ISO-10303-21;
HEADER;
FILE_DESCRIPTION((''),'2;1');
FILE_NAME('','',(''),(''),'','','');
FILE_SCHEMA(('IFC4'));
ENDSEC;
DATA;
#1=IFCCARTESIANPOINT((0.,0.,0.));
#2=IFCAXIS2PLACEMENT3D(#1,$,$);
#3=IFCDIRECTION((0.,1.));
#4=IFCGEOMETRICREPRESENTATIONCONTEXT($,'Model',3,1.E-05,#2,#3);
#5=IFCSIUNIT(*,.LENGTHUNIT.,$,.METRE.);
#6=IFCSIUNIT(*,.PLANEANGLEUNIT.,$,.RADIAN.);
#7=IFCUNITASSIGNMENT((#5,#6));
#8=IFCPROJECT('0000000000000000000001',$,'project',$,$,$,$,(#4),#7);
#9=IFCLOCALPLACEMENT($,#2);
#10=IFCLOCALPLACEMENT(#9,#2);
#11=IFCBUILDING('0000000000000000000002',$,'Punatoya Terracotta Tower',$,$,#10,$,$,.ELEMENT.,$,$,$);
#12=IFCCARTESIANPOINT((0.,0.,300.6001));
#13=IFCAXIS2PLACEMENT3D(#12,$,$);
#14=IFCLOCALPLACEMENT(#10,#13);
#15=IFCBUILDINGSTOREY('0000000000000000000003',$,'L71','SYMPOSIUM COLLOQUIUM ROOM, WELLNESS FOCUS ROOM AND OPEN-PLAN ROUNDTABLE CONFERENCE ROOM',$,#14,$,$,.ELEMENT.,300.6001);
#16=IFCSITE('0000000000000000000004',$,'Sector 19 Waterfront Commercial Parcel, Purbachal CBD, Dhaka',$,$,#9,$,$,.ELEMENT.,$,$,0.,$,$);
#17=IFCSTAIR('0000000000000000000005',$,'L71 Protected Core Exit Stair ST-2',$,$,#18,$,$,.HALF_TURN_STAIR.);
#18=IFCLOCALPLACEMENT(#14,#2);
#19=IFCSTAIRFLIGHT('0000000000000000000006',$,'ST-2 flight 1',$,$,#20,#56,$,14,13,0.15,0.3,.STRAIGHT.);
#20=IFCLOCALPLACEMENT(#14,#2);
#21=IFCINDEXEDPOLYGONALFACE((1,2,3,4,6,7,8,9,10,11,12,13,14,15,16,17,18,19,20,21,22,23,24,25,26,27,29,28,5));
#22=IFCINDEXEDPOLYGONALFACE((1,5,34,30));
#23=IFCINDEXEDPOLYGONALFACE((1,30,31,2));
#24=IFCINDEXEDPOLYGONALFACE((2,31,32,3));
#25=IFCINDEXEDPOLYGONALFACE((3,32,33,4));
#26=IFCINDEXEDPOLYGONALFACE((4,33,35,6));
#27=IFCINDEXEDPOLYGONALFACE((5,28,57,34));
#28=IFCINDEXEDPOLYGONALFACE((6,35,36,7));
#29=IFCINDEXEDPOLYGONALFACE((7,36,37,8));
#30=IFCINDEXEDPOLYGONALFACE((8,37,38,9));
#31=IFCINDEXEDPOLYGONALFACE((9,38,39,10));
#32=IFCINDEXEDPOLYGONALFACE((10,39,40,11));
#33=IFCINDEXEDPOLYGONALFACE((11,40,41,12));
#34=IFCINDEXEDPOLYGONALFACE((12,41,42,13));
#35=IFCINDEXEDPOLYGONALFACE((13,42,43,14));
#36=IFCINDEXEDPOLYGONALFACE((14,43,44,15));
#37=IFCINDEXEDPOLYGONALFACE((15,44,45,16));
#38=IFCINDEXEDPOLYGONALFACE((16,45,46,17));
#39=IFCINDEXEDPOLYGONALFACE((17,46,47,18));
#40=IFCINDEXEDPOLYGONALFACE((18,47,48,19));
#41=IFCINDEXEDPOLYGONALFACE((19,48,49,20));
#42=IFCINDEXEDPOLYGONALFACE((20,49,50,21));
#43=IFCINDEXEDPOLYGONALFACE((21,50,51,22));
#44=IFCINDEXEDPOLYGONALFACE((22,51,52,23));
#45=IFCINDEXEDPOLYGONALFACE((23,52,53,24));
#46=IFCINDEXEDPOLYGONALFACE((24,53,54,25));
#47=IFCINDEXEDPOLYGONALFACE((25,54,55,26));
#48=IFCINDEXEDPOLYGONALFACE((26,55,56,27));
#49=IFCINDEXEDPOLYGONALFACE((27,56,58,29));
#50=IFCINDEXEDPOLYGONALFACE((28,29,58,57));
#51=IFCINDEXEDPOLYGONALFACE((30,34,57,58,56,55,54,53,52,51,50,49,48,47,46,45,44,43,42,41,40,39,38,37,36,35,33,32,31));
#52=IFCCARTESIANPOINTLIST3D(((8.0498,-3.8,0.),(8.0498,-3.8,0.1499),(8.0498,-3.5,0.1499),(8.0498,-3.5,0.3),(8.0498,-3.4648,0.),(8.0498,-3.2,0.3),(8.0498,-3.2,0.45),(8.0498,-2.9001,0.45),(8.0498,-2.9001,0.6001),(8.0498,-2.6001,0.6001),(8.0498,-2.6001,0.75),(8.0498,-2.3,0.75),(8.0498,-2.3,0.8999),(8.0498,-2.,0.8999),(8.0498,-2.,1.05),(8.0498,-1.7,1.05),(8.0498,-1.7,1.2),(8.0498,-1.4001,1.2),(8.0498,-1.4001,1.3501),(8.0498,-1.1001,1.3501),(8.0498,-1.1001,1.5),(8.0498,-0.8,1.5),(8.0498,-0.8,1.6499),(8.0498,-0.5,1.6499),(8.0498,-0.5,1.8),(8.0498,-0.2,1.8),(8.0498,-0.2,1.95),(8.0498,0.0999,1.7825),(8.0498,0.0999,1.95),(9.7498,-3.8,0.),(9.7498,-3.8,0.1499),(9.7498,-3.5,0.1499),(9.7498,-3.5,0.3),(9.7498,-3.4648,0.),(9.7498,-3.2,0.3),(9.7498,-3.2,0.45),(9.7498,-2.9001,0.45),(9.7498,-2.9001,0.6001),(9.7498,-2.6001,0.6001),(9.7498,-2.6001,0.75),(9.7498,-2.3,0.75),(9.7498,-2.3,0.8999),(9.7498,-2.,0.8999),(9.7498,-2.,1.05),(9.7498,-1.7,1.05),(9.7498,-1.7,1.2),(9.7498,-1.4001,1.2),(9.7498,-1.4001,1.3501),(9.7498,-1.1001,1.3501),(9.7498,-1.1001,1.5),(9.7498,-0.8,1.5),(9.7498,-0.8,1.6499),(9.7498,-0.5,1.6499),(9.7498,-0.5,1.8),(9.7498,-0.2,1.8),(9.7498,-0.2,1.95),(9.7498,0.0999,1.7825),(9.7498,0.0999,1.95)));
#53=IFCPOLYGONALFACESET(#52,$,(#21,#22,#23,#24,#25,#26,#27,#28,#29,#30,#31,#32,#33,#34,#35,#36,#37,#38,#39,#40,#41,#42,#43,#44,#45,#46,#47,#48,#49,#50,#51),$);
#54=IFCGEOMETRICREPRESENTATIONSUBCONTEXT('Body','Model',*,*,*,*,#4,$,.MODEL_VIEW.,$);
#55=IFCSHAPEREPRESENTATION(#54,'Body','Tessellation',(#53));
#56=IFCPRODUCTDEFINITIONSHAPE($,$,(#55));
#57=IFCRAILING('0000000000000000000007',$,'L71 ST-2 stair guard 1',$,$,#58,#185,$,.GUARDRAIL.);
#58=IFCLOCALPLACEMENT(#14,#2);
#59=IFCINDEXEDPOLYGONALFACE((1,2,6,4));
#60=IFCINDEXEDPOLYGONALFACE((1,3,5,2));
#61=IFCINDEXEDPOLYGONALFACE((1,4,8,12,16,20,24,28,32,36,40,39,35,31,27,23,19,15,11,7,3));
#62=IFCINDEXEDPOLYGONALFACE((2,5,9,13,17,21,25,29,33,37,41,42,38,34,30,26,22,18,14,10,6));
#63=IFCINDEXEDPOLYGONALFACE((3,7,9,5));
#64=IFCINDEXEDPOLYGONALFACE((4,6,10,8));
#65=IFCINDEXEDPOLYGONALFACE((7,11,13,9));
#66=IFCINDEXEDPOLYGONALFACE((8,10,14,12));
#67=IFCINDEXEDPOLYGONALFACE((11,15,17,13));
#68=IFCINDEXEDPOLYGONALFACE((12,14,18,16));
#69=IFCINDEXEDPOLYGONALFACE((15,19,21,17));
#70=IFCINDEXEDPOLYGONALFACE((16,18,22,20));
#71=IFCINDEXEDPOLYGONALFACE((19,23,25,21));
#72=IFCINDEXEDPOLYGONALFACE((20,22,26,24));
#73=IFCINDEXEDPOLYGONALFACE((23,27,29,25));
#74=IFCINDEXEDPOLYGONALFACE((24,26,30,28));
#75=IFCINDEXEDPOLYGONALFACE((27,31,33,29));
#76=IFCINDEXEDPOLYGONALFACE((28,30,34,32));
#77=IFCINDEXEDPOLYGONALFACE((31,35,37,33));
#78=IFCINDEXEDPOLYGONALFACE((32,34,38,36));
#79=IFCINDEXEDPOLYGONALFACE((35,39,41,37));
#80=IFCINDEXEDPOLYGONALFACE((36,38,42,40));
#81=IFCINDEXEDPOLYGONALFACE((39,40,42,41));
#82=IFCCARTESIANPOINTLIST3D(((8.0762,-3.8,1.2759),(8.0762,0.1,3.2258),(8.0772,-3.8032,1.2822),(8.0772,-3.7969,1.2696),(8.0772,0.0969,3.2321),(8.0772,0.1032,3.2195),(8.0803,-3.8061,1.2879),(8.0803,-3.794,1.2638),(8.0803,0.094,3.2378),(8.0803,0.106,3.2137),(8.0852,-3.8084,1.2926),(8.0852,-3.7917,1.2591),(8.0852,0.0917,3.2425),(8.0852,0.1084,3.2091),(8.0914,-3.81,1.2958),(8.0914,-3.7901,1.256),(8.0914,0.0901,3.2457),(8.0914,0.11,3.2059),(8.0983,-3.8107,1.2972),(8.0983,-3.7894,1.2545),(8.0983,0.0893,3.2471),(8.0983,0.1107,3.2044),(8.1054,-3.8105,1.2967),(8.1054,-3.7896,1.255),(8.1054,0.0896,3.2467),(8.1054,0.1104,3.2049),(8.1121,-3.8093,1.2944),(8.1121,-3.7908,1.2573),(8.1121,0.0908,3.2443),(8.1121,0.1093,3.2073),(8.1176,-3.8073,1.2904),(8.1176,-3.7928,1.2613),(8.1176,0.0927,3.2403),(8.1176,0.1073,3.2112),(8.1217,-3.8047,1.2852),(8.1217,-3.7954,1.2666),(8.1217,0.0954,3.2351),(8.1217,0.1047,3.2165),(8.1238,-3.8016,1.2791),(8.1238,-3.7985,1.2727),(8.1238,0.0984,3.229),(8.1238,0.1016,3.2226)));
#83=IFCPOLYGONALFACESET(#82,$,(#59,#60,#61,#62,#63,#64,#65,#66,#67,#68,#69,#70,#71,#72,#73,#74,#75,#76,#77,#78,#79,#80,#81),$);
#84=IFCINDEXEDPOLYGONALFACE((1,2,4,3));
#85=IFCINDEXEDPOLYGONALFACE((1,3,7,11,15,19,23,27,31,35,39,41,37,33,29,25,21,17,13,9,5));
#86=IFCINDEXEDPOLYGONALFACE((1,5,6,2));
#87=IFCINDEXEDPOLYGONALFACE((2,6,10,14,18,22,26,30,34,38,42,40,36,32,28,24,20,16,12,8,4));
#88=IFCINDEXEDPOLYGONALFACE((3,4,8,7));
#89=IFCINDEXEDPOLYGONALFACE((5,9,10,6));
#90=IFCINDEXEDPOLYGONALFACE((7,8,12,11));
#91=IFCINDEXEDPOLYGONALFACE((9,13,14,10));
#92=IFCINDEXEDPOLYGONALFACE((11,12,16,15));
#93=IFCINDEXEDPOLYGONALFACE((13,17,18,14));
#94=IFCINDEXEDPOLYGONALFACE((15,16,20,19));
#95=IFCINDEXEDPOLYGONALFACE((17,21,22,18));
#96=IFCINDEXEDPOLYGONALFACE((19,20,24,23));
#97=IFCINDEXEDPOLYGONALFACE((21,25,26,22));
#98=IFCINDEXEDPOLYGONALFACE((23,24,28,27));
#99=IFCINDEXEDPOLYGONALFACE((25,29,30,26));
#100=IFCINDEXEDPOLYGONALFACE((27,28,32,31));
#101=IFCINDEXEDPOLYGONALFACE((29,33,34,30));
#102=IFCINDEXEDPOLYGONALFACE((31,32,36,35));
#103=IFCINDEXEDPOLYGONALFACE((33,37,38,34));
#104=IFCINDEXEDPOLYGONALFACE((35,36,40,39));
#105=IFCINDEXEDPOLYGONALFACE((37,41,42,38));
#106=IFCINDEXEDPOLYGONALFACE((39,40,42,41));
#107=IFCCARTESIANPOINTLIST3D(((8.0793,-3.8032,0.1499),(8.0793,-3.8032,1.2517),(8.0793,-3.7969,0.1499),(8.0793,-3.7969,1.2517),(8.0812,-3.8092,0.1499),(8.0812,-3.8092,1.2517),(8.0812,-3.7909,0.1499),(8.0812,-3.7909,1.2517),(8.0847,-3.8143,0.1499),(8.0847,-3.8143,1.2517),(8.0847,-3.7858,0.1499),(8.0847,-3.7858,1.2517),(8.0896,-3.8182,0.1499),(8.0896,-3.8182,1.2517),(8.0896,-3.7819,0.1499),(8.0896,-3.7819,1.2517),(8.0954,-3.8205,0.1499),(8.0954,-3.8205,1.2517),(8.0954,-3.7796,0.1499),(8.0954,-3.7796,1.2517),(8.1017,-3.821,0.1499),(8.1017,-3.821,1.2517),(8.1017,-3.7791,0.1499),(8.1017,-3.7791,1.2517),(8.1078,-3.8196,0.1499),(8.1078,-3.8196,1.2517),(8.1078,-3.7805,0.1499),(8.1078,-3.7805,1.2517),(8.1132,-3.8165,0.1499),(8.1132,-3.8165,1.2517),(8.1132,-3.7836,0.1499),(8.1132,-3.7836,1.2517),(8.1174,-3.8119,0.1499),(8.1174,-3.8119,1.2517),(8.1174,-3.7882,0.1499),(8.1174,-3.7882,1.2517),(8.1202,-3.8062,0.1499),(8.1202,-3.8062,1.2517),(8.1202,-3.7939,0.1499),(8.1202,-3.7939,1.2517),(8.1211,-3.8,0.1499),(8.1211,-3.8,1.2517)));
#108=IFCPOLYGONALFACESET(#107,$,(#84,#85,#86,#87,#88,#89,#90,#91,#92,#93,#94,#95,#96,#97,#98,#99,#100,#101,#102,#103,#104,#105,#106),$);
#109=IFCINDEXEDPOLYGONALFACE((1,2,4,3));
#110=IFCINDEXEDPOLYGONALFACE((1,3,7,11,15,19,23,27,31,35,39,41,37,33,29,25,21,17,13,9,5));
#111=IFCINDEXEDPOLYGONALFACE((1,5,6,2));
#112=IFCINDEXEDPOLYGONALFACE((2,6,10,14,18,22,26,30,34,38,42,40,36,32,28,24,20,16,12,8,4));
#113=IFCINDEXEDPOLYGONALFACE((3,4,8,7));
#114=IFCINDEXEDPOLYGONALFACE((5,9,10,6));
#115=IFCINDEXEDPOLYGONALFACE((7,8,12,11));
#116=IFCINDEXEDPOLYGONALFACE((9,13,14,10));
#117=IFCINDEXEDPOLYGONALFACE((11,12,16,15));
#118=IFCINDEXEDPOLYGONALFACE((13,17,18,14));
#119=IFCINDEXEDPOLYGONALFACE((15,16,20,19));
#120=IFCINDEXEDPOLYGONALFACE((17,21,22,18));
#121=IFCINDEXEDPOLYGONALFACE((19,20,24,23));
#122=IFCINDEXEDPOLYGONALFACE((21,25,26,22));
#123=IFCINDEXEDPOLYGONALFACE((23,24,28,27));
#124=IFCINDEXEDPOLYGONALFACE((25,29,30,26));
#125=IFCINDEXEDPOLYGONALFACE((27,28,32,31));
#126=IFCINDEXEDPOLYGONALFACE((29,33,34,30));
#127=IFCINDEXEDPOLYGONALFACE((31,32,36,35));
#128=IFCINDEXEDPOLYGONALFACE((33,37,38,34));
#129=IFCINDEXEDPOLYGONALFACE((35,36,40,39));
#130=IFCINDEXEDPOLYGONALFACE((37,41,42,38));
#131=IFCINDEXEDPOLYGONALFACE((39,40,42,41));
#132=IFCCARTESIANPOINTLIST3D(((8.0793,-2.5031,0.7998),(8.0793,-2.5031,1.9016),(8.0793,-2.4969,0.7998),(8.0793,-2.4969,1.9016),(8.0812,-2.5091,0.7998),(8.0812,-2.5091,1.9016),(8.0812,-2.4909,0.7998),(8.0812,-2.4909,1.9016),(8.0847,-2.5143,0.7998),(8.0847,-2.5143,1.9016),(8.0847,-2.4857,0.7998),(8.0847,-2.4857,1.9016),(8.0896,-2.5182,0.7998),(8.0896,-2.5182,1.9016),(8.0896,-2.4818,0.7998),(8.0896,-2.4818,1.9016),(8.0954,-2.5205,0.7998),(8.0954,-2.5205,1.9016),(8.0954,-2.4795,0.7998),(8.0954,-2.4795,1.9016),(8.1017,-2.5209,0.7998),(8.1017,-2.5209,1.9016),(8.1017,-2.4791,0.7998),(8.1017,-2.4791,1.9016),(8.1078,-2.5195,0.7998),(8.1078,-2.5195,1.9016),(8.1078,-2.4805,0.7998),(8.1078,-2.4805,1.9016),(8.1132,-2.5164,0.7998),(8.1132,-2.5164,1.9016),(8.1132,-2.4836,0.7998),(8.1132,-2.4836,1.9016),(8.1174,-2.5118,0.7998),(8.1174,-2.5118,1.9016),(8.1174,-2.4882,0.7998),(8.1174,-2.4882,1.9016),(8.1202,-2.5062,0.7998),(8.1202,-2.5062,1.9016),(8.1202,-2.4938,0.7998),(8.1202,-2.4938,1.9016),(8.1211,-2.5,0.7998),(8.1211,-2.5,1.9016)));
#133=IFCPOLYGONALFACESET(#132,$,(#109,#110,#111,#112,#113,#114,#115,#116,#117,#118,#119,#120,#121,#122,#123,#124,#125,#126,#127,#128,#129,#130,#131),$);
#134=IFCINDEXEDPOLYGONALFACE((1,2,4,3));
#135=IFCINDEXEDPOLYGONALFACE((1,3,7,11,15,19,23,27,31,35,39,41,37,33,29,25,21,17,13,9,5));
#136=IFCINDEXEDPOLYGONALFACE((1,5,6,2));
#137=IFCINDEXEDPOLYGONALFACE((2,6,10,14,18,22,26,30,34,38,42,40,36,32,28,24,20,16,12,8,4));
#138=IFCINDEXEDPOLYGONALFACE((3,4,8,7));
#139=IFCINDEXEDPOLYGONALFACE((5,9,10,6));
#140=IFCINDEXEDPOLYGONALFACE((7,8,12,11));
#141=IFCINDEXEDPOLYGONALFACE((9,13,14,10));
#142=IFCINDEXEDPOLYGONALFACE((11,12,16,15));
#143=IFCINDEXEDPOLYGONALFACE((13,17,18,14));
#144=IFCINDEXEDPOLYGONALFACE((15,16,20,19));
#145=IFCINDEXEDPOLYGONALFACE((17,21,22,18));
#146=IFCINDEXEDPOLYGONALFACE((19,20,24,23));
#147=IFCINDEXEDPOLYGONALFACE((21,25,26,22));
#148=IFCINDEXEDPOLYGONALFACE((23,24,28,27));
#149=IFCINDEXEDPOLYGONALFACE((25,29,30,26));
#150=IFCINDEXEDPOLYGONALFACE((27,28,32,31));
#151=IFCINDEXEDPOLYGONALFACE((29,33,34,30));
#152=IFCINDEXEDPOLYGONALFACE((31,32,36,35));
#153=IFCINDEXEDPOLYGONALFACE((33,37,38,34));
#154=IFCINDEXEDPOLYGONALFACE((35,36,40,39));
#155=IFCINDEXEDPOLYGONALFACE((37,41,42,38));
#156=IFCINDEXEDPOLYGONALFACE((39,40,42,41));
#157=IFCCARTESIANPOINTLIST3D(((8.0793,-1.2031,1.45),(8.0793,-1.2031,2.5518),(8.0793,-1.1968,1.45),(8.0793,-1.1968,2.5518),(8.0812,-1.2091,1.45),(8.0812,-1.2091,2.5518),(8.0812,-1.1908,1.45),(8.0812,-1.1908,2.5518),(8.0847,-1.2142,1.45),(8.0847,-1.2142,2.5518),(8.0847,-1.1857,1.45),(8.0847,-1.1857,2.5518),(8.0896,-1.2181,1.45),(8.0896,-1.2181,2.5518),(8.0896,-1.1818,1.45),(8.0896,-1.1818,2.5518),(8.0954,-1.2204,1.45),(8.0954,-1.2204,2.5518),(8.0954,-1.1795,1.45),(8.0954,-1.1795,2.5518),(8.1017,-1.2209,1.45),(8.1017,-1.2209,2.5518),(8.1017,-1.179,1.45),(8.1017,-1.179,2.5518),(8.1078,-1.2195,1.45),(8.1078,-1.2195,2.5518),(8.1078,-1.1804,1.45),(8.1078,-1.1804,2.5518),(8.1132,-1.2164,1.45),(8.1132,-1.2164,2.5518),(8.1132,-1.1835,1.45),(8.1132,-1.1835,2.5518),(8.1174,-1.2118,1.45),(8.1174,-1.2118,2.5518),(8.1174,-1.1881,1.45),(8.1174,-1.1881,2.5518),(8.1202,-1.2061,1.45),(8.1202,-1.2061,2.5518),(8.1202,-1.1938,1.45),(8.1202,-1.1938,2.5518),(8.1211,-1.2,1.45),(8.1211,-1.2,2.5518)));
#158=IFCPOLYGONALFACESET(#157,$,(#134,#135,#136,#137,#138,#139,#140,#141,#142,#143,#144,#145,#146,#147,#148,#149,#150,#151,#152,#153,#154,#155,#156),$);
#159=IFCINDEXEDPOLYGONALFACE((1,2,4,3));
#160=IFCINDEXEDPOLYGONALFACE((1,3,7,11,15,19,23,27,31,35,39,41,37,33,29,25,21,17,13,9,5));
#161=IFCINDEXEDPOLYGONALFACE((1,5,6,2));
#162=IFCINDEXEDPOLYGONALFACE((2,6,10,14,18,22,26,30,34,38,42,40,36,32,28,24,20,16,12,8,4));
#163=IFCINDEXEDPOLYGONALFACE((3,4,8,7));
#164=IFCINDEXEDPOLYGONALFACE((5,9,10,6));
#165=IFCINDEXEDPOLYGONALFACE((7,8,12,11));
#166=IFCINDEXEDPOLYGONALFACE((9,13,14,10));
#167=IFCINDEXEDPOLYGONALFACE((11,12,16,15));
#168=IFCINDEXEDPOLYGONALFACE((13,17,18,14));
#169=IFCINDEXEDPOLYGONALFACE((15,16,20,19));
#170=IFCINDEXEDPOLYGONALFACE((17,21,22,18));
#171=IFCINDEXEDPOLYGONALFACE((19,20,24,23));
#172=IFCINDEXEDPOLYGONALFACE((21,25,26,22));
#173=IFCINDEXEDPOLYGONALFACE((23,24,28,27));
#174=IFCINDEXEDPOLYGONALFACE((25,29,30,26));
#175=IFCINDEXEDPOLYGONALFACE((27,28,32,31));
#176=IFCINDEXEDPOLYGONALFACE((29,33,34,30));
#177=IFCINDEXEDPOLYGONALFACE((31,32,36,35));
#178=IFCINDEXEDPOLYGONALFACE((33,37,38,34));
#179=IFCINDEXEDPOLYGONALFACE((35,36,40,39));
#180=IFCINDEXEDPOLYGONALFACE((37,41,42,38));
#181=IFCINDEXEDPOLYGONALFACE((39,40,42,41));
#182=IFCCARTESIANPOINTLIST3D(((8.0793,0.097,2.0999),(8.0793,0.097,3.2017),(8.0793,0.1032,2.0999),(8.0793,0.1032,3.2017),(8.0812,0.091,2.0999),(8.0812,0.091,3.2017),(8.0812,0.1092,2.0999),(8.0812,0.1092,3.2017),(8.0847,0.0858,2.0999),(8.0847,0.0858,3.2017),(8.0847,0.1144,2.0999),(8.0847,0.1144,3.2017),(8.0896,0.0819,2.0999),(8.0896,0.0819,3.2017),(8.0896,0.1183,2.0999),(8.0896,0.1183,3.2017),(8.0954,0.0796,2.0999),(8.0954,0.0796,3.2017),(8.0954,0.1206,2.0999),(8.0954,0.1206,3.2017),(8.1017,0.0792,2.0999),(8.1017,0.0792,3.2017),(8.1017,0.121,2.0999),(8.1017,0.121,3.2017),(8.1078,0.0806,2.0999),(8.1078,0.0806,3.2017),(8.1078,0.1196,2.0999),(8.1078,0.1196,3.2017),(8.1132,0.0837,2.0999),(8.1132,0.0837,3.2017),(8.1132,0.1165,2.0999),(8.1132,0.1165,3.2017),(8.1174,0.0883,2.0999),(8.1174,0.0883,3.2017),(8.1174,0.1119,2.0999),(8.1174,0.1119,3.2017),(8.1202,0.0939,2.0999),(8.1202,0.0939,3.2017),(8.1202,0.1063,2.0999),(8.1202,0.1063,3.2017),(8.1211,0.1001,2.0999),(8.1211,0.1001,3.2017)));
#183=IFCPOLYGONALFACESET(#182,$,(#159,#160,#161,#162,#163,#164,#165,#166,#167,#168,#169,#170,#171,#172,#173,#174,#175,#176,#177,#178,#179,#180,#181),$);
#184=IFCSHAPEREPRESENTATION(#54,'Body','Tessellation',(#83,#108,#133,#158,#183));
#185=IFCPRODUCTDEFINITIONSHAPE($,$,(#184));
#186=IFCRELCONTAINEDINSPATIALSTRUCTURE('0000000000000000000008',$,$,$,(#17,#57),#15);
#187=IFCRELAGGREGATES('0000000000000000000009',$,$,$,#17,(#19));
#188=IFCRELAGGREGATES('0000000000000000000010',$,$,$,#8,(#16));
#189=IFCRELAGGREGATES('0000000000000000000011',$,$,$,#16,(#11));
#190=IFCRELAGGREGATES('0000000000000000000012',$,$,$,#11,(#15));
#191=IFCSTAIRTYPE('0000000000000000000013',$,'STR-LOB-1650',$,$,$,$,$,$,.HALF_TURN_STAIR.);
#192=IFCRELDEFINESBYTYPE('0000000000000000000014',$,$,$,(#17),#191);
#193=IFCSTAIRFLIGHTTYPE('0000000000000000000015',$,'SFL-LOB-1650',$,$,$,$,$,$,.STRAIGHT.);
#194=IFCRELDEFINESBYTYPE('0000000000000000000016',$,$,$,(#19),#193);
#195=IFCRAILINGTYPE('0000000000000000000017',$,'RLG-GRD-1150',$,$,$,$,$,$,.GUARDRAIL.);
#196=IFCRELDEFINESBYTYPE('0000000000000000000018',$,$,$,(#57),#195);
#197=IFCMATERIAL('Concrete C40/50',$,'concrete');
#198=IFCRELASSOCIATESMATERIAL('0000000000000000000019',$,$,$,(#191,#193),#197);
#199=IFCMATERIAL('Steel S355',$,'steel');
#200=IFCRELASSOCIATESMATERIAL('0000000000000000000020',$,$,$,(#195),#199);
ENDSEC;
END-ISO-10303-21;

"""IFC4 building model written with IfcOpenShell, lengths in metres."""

from ifc_helpers import new_model, si_unit, direction, frame, origin, origin_2d, place, context, subcontext, project, spatial, polyline, circle, outline, extrude, material, type_object, element, aggregate, save


model = new_model("IFC4")

# Units and contexts
model_context = context("Model", 3, precision=1e-05, world=origin(), true_north=direction((0.0, 1.0)))
body_context = subcontext(model_context, "Body", "Model", "MODEL_VIEW")
ifc_project = project(units=[si_unit("LENGTHUNIT", "METRE"), si_unit("PLANEANGLEUNIT", "RADIAN")], contexts=[model_context])

# Site, building, storey
site_placement = place(None, origin())
site = spatial("IfcSite", under=ifc_project, at=site_placement, Name="Sector 19 Waterfront Commercial Parcel, Purbachal CBD, Dhaka", CompositionType="ELEMENT", RefElevation=0.0)
building_placement = place(site_placement, origin())
building = spatial("IfcBuilding", under=site, at=building_placement, Name="Punatoya Terracotta Tower", CompositionType="ELEMENT")
storey_placement = place(building_placement, frame((0.0, 0.0, 300.6001)))
storey = spatial("IfcBuildingStorey", under=building, at=storey_placement, Name="L71", Description="SYMPOSIUM COLLOQUIUM ROOM, WELLNESS FOCUS ROOM AND OPEN-PLAN ROUNDTABLE CONFERENCE ROOM", CompositionType="ELEMENT", Elevation=300.6001)

# Shared definitions
ifc_material_1 = material(Name="Steel S355", Category="steel")

# Stair, stair flight
ifc_material_2 = material(Name="Concrete C40/50", Category="concrete")
stair_type = type_object("IfcStairType", Name="STR-LOB-1650", PredefinedType="HALF_TURN_STAIR", material=ifc_material_2)
stair_placement = place(storey_placement, origin())
stair = element("IfcStair", 1, at=stair_placement, inside=storey, type_object=stair_type, Name="L71 Protected Core Exit Stair ST-2", PredefinedType="HALF_TURN_STAIR")
stair_flight_type = type_object("IfcStairFlightType", Name="SFL-LOB-1650", PredefinedType="STRAIGHT", material=ifc_material_2)
stair_flight_placement = place(storey_placement, frame((8.8999, -3.8, 0.0), z_axis=(0.0, 0.0, 1.0), x_axis=(0.0, 1.0, 0.0)))
stair_flight = element("IfcStairFlight", 2, at=stair_flight_placement, type_object=stair_flight_type, Name="ST-2 flight 1", NumberOfRisers=14, NumberOfTreads=13, PredefinedType="STRAIGHT", RiserHeight=0.15, TreadLength=0.3, context=body_context, shape_type="SweptSolid", body=[
    extrude(outline(polyline([(0.0, 0.0), (0.0, 0.1499), (0.3, 0.1499), (0.3, 0.3), (0.6001, 0.3), (0.6001, 0.45), (0.8999, 0.45), (0.8999, 0.6001), (1.2, 0.6001), (1.2, 0.75), (1.5, 0.75), (1.5, 0.8999), (1.8, 0.8999), (1.8, 1.05), (2.1001, 1.05), (2.1001, 1.2), (2.3999, 1.2), (2.3999, 1.3501), (2.7, 1.3501), (2.7, 1.5), (3.0, 1.5), (3.0, 1.6499), (3.3, 1.6499), (3.3, 1.8), (3.6001, 1.8), (3.6001, 1.95), (3.8999, 1.95), (3.8999, 2.1001), (3.8999, 1.7825), (0.3352, 0.0), (0.0, 0.0)])), frame((0.0, 0.8501, 0.0), z_axis=(0.0, -1.0, 0.0), x_axis=(1.0, 0.0, 0.0)), (0.0, 0.0, 1.0), 1.7),
])
aggregate(stair, [stair_flight])

# Railing
railing_type_1 = type_object("IfcRailingType", Name="RLG-GRD-1150", PredefinedType="GUARDRAIL", material=ifc_material_1)
railing_1_placement = place(storey_placement, frame((8.1001, -3.8, 0.1499)))
element("IfcRailing", 3, at=railing_1_placement, inside=storey, type_object=railing_type_1, Name="L71 ST-2 stair guard 1", PredefinedType="GUARDRAIL", context=body_context, shape_type="SweptSolid", body=[
    extrude(circle(Radius=0.0239, at=origin_2d()), frame((0.0, 0.0, 1.126), z_axis=(0.0, 0.894438, 0.447191), x_axis=(-1.0, 0.0, 0.0)), (0.0, 0.0, 1.0), 4.3604),
    extrude(circle(Radius=0.021, at=origin_2d()), origin(), (0.0, 0.0, 1.0), 1.1018),
    extrude(circle(Radius=0.021, at=origin_2d()), frame((0.0, 1.3, 0.6499)), (0.0, 0.0, 1.0), 1.1018),
    extrude(circle(Radius=0.021, at=origin_2d()), frame((0.0, 2.6001, 1.3)), (0.0, 0.0, 1.0), 1.1018),
    extrude(circle(Radius=0.021, at=origin_2d()), frame((0.0, 3.9001, 1.95)), (0.0, 0.0, 1.0), 1.1018),
])

save(model, "model.ifc")
